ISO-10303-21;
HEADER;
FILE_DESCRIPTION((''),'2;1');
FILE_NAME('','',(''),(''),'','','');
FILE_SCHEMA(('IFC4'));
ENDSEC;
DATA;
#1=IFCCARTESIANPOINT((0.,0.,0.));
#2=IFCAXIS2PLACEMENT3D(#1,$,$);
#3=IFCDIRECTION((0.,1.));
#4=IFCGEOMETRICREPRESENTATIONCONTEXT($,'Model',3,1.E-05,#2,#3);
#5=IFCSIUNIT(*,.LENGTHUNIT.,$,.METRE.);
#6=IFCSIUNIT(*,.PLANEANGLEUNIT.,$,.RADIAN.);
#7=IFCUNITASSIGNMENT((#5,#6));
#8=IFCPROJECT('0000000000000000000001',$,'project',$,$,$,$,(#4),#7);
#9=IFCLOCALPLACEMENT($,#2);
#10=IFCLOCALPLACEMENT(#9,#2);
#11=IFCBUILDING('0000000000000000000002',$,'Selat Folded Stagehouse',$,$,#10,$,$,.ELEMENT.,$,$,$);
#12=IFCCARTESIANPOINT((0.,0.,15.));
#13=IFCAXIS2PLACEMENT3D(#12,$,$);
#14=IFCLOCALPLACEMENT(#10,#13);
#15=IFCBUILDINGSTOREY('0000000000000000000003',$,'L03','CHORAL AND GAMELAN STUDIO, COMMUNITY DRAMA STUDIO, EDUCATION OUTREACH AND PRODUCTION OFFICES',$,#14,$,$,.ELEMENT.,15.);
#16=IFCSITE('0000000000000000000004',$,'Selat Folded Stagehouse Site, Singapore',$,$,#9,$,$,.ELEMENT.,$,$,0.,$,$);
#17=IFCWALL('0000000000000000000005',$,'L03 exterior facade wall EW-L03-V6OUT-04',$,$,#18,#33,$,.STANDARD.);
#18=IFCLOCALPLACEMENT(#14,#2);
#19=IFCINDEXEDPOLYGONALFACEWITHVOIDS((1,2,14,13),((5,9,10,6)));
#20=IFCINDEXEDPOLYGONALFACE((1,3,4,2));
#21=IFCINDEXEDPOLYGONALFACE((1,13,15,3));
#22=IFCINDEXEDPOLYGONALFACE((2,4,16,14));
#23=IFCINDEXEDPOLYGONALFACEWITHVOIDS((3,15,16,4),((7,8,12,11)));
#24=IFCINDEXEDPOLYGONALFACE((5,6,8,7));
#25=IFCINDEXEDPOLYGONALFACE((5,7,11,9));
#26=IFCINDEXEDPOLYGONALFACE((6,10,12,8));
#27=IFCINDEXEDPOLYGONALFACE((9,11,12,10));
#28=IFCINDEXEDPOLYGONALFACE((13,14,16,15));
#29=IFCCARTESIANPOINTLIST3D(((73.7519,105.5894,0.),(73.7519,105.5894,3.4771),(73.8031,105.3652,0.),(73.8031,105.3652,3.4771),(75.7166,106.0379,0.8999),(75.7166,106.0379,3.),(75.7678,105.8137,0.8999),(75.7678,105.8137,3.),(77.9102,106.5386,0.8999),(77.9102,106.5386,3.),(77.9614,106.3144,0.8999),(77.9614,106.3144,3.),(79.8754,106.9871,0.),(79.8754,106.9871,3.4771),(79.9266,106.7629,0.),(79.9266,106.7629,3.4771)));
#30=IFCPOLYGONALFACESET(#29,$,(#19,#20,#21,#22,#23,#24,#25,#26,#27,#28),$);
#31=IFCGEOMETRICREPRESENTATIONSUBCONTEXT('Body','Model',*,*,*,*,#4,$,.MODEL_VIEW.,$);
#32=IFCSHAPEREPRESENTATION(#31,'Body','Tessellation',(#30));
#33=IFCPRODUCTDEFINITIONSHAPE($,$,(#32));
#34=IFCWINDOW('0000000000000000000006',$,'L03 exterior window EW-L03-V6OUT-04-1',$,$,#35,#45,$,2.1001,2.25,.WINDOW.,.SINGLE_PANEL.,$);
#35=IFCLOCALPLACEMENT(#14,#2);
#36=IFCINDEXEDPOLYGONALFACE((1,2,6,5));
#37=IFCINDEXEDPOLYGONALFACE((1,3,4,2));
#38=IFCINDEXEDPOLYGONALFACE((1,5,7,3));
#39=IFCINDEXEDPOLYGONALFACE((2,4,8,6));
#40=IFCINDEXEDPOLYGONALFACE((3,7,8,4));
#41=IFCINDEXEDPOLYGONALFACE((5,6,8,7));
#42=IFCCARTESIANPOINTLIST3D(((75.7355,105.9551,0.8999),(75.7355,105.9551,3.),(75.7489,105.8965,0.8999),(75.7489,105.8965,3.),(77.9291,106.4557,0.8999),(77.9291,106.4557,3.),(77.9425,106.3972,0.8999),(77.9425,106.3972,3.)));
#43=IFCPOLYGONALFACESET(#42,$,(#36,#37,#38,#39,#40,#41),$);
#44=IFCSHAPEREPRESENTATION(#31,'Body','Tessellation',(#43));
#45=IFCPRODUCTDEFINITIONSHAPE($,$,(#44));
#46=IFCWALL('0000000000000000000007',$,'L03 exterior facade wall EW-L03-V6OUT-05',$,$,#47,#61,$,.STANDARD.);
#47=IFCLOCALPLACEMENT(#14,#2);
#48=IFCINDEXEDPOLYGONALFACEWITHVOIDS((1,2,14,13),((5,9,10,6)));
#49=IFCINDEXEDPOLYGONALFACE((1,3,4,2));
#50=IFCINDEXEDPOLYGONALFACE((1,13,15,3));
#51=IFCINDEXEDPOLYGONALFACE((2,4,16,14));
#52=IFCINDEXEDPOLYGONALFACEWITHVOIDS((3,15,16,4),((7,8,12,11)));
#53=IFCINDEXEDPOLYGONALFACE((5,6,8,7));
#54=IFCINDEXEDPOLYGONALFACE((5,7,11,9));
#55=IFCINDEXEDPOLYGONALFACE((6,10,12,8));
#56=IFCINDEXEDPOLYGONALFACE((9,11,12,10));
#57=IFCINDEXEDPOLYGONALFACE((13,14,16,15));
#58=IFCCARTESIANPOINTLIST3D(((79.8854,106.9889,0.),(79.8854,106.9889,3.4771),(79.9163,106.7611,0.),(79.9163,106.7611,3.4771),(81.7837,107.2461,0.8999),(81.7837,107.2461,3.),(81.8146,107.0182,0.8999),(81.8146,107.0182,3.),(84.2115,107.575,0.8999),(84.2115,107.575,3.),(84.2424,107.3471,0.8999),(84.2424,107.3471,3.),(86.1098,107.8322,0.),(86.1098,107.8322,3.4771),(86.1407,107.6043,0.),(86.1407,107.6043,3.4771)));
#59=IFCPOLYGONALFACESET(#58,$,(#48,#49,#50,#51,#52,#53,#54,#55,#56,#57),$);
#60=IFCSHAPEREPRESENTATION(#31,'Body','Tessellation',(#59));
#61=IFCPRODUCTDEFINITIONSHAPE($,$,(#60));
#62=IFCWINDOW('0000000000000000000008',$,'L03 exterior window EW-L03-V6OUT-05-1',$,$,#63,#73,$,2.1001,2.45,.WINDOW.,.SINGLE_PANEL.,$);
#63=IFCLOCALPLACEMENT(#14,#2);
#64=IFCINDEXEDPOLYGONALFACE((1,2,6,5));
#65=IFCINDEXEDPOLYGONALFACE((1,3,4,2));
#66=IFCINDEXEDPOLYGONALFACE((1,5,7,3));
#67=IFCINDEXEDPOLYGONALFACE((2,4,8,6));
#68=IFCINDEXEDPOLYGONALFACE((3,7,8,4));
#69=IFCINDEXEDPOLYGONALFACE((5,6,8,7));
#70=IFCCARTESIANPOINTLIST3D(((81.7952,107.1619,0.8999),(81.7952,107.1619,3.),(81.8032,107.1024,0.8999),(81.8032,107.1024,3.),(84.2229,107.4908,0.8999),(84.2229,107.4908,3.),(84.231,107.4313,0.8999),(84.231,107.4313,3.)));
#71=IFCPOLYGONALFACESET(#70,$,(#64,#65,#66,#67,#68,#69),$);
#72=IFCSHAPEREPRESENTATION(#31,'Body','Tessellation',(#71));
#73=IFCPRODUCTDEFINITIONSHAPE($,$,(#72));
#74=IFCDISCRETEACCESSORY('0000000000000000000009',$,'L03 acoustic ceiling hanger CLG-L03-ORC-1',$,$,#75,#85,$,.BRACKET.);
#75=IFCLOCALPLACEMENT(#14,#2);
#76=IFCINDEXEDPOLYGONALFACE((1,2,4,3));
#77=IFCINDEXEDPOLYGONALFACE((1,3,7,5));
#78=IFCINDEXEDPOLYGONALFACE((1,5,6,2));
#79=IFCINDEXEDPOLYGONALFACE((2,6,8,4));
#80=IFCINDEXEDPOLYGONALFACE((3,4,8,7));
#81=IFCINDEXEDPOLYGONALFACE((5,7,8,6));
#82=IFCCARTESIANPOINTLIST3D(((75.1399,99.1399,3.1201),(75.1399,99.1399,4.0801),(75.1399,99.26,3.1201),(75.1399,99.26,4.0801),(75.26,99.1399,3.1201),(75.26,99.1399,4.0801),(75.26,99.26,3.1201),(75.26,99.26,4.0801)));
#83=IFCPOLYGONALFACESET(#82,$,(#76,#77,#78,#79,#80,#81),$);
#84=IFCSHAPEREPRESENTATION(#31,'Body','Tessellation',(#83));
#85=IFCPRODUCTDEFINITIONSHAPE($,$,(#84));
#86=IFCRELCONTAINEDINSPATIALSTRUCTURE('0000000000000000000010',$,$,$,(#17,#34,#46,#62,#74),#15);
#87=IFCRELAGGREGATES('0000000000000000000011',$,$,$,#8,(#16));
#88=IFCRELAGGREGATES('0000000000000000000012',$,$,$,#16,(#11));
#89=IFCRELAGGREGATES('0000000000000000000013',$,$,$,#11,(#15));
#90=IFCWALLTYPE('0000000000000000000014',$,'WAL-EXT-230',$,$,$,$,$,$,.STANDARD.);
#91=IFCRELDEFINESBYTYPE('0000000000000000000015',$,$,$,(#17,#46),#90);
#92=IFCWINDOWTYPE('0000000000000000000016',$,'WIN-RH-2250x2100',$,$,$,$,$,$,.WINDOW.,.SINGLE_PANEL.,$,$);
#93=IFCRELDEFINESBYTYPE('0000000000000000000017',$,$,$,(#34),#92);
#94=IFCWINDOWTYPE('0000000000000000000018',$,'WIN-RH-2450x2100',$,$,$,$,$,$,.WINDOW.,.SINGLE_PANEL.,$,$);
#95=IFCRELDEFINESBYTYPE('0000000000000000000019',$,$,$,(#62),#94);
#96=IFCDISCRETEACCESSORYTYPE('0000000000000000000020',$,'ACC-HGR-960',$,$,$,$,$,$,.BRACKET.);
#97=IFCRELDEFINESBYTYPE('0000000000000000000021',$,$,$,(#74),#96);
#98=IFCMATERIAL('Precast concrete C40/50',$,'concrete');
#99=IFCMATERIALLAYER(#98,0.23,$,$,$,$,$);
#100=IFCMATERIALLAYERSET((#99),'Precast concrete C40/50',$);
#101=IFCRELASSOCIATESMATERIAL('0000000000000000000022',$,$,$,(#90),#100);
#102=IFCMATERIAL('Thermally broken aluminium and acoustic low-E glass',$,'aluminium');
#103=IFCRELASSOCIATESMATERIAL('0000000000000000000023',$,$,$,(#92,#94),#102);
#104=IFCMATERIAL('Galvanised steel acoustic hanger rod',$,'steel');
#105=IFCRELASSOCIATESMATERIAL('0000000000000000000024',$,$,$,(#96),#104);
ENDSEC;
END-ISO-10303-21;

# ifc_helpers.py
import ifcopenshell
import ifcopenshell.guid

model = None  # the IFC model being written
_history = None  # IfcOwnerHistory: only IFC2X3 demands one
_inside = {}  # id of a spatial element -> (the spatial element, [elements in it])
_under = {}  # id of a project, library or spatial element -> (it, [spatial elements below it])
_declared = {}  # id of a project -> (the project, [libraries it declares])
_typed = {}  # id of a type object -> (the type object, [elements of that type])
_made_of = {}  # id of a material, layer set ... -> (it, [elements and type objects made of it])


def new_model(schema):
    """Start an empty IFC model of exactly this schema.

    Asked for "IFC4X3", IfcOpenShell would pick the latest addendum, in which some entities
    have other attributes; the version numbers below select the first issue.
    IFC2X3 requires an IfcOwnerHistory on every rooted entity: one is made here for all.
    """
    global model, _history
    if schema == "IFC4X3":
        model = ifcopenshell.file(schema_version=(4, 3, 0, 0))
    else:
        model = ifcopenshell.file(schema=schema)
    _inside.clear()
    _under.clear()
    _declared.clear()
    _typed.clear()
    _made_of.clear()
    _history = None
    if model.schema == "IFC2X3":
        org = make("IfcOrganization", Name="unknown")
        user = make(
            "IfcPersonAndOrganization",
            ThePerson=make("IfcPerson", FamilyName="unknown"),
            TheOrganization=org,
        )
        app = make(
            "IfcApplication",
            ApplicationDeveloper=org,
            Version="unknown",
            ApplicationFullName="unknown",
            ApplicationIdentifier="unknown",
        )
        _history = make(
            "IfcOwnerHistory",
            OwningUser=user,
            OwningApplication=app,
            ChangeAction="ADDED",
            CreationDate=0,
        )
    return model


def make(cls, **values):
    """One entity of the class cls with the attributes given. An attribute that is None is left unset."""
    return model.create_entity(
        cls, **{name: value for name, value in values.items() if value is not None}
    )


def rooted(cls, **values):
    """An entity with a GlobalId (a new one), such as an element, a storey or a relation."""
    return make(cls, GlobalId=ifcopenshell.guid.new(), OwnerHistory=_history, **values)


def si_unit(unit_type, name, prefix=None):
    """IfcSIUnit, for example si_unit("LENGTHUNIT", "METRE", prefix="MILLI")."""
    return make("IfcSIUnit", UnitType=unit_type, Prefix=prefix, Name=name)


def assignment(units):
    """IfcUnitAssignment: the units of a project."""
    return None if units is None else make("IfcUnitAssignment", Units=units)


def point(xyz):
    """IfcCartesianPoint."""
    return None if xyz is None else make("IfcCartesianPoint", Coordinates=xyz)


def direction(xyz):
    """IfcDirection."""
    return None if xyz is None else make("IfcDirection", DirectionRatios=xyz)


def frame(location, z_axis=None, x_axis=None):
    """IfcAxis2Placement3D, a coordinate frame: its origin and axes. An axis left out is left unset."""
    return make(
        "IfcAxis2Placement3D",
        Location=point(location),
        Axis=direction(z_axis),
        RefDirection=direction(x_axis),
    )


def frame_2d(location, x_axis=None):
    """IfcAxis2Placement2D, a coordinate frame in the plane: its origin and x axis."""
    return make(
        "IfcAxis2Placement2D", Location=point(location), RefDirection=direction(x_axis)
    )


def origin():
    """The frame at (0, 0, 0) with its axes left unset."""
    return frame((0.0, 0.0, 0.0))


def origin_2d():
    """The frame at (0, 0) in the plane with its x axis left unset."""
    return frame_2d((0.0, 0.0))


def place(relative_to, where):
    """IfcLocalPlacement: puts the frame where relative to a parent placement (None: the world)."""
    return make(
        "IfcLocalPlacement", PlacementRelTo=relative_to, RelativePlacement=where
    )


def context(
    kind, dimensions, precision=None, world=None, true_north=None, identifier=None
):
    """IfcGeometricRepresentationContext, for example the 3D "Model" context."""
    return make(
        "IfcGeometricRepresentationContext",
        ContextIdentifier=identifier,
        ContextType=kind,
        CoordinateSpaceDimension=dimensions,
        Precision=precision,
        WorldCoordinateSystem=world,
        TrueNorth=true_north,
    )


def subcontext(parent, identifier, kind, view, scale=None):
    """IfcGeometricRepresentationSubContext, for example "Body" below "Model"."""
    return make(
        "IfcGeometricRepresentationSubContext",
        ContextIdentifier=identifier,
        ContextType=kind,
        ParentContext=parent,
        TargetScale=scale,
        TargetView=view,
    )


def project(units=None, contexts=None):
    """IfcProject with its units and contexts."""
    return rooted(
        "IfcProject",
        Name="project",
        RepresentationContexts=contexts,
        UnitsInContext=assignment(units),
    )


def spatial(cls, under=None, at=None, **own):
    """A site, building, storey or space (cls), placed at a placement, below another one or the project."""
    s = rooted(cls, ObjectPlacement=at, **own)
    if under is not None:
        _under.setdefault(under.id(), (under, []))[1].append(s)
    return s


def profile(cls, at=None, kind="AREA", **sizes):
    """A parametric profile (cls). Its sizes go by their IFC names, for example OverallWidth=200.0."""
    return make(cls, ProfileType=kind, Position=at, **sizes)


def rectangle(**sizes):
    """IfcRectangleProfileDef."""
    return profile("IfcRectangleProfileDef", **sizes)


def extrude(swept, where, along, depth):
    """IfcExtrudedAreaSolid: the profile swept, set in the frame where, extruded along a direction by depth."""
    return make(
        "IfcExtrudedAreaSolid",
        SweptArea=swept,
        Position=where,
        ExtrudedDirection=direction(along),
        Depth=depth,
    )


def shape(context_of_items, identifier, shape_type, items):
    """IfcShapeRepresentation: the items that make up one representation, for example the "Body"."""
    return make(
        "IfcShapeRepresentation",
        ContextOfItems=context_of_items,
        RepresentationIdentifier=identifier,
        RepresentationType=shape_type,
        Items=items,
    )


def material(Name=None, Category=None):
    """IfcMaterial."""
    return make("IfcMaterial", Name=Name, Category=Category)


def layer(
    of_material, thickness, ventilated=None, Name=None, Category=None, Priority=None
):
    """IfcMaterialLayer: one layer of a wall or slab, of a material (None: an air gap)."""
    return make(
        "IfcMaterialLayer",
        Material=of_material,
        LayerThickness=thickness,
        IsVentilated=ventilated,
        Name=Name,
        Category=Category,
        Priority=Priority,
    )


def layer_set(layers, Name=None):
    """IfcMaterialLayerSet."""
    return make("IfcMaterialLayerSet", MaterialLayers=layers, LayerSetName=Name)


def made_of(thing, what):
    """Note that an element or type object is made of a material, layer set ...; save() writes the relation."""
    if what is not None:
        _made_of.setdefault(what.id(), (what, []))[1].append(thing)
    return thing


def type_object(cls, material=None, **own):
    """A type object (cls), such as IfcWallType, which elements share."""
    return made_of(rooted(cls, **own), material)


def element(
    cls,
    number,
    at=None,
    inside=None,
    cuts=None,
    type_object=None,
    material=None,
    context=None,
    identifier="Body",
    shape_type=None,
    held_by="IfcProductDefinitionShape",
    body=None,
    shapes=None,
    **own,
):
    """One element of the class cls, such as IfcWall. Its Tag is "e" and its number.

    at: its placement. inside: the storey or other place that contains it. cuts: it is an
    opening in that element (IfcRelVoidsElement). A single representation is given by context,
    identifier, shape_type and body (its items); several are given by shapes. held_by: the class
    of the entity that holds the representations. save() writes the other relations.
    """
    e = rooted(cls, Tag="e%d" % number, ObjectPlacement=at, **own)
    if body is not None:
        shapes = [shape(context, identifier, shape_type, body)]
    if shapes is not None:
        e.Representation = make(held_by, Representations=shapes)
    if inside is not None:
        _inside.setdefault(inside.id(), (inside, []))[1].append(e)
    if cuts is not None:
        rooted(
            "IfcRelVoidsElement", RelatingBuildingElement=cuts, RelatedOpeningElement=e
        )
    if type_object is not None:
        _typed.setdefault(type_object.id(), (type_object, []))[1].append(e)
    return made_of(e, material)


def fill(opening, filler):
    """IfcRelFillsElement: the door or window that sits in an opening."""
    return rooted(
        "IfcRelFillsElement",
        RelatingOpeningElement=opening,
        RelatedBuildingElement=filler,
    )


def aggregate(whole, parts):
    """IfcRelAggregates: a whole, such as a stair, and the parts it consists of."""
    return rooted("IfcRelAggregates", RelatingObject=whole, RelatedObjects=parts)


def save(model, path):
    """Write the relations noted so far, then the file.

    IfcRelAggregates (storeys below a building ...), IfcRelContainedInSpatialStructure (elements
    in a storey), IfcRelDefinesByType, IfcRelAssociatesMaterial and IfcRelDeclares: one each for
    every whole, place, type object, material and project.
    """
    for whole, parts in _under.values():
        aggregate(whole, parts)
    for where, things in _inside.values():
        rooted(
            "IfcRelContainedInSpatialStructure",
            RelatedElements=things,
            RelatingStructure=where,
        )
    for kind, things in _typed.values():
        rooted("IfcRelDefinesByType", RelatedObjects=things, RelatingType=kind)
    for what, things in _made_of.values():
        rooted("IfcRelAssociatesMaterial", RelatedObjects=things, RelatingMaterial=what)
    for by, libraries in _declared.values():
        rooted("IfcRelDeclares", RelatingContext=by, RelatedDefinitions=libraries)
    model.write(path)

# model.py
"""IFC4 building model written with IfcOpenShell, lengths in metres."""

from ifc_helpers import new_model, si_unit, direction, frame, frame_2d, origin, origin_2d, place, context, subcontext, project, spatial, rectangle, extrude, material, layer, layer_set, type_object, element, fill, save


model = new_model("IFC4")

# Units and contexts
model_context = context("Model", 3, precision=1e-05, world=origin(), true_north=direction((0.0, 1.0)))
body_context = subcontext(model_context, "Body", "Model", "MODEL_VIEW")
ifc_project = project(units=[si_unit("LENGTHUNIT", "METRE"), si_unit("PLANEANGLEUNIT", "RADIAN")], contexts=[model_context])

# Site, building, storey
site_placement = place(None, origin())
site = spatial("IfcSite", under=ifc_project, at=site_placement, Name="Selat Folded Stagehouse Site, Singapore", CompositionType="ELEMENT", RefElevation=0.0)
building_placement = place(site_placement, origin())
building = spatial("IfcBuilding", under=site, at=building_placement, Name="Selat Folded Stagehouse", CompositionType="ELEMENT")
storey_placement = place(building_placement, frame((0.0, 0.0, 15.0)))
storey = spatial("IfcBuildingStorey", under=building, at=storey_placement, Name="L03", Description="CHORAL AND GAMELAN STUDIO, COMMUNITY DRAMA STUDIO, EDUCATION OUTREACH AND PRODUCTION OFFICES", CompositionType="ELEMENT", Elevation=15.0)

# Walls, openings, windows
ifc_material_1 = material(Name="Precast concrete C40/50", Category="concrete")
ifc_layer_1 = layer(ifc_material_1, 0.23)
ifc_layer_set_1 = layer_set([ifc_layer_1], Name="Precast concrete C40/50")
wall_type_1 = type_object("IfcWallType", Name="WAL-EXT-230", PredefinedType="STANDARD", material=ifc_layer_set_1)
ifc_material_2 = material(Name="Thermally broken aluminium and acoustic low-E glass", Category="aluminium")
wall_1_placement = place(storey_placement, frame((73.7773, 105.4773, 0.0), z_axis=(0.0, 0.0, 1.0), x_axis=(0.974926, 0.222528, 0.0)))
wall_1 = element("IfcWall", 1, at=wall_1_placement, inside=storey, type_object=wall_type_1, Name="L03 exterior facade wall EW-L03-V6OUT-04", PredefinedType="STANDARD", context=body_context, shape_type="SweptSolid", body=[
    extrude(rectangle(XDim=6.281, YDim=0.23, at=frame_2d((3.1406, 0.0))), origin(), (0.0, 0.0, 1.0), 3.4771),
])
opening_1_placement = place(wall_1_placement, frame((2.0154, 0.0, 0.8999)))
opening_1 = element("IfcOpeningElement", 2, at=opening_1_placement, cuts=wall_1, PredefinedType="OPENING", context=body_context, shape_type="SweptSolid", body=[
    extrude(rectangle(XDim=2.25, YDim=2.1001, at=frame_2d((1.125, 1.05))), frame((0.0, 0.125, 0.0), z_axis=(0.0, -1.0, 0.0), x_axis=(1.0, 0.0, 0.0)), (0.0, 0.0, 1.0), 0.25),
])
window_type_1 = type_object("IfcWindowType", Name="WIN-RH-2250x2100", PartitioningType="SINGLE_PANEL", PredefinedType="WINDOW", material=ifc_material_2)
window_1_placement = place(opening_1_placement, origin())
window_1 = element("IfcWindow", 3, at=window_1_placement, inside=storey, type_object=window_type_1, Name="L03 exterior window EW-L03-V6OUT-04-1", OverallHeight=2.1001, OverallWidth=2.25, PartitioningType="SINGLE_PANEL", PredefinedType="WINDOW", context=body_context, shape_type="SweptSolid", body=[
    extrude(rectangle(XDim=2.25, YDim=2.1001, at=frame_2d((1.125, 1.05))), frame((0.0, 0.03, 0.0), z_axis=(0.0, -1.0, 0.0), x_axis=(1.0, 0.0, 0.0)), (0.0, 0.0, 1.0), 0.0601),
])
fill(opening_1, window_1)
wall_2_placement = place(storey_placement, frame((79.9009, 106.875, 0.0), z_axis=(0.0, 0.0, 1.0), x_axis=(0.990947, 0.134251, 0.0)))
wall_2 = element("IfcWall", 4, at=wall_2_placement, inside=storey, type_object=wall_type_1, Name="L03 exterior facade wall EW-L03-V6OUT-05", PredefinedType="STANDARD", context=body_context, shape_type="SweptSolid", body=[
    extrude(rectangle(XDim=6.2812, YDim=0.23, at=frame_2d((3.1406, 0.0))), origin(), (0.0, 0.0, 1.0), 3.4771),
])
opening_2_placement = place(wall_2_placement, frame((1.9155, 0.0, 0.8999)))
opening_2 = element("IfcOpeningElement", 5, at=opening_2_placement, cuts=wall_2, PredefinedType="OPENING", context=body_context, shape_type="SweptSolid", body=[
    extrude(rectangle(XDim=2.45, YDim=2.1001, at=frame_2d((1.2251, 1.05))), frame((0.0, 0.125, 0.0), z_axis=(0.0, -1.0, 0.0), x_axis=(1.0, 0.0, 0.0)), (0.0, 0.0, 1.0), 0.25),
])
window_type_2 = type_object("IfcWindowType", Name="WIN-RH-2450x2100", PartitioningType="SINGLE_PANEL", PredefinedType="WINDOW", material=ifc_material_2)
window_2_placement = place(opening_2_placement, origin())
window_2 = element("IfcWindow", 6, at=window_2_placement, inside=storey, type_object=window_type_2, Name="L03 exterior window EW-L03-V6OUT-05-1", OverallHeight=2.1001, OverallWidth=2.45, PartitioningType="SINGLE_PANEL", PredefinedType="WINDOW", context=body_context, shape_type="SweptSolid", body=[
    extrude(rectangle(XDim=2.45, YDim=2.1001, at=frame_2d((1.2251, 1.05))), frame((0.0, 0.03, 0.0), z_axis=(0.0, -1.0, 0.0), x_axis=(1.0, 0.0, 0.0)), (0.0, 0.0, 1.0), 0.0601),
])
fill(opening_2, window_2)

# Discrete accessory
ifc_material_3 = material(Name="Galvanised steel acoustic hanger rod", Category="steel")
discrete_accessory_type = type_object("IfcDiscreteAccessoryType", Name="ACC-HGR-960", PredefinedType="BRACKET", material=ifc_material_3)
discrete_accessory_placement = place(storey_placement, frame((75.2, 99.2, 3.1201), z_axis=(0.0, 0.0, 1.0), x_axis=(1.0, 0.0, 0.0)))
element("IfcDiscreteAccessory", 7, at=discrete_accessory_placement, inside=storey, type_object=discrete_accessory_type, Name="L03 acoustic ceiling hanger CLG-L03-ORC-1", PredefinedType="BRACKET", context=body_context, shape_type="SweptSolid", body=[
    extrude(rectangle(XDim=0.1201, YDim=0.1201, at=origin_2d()), origin(), (0.0, 0.0, 1.0), 0.96),
])

save(model, "model.ifc")
